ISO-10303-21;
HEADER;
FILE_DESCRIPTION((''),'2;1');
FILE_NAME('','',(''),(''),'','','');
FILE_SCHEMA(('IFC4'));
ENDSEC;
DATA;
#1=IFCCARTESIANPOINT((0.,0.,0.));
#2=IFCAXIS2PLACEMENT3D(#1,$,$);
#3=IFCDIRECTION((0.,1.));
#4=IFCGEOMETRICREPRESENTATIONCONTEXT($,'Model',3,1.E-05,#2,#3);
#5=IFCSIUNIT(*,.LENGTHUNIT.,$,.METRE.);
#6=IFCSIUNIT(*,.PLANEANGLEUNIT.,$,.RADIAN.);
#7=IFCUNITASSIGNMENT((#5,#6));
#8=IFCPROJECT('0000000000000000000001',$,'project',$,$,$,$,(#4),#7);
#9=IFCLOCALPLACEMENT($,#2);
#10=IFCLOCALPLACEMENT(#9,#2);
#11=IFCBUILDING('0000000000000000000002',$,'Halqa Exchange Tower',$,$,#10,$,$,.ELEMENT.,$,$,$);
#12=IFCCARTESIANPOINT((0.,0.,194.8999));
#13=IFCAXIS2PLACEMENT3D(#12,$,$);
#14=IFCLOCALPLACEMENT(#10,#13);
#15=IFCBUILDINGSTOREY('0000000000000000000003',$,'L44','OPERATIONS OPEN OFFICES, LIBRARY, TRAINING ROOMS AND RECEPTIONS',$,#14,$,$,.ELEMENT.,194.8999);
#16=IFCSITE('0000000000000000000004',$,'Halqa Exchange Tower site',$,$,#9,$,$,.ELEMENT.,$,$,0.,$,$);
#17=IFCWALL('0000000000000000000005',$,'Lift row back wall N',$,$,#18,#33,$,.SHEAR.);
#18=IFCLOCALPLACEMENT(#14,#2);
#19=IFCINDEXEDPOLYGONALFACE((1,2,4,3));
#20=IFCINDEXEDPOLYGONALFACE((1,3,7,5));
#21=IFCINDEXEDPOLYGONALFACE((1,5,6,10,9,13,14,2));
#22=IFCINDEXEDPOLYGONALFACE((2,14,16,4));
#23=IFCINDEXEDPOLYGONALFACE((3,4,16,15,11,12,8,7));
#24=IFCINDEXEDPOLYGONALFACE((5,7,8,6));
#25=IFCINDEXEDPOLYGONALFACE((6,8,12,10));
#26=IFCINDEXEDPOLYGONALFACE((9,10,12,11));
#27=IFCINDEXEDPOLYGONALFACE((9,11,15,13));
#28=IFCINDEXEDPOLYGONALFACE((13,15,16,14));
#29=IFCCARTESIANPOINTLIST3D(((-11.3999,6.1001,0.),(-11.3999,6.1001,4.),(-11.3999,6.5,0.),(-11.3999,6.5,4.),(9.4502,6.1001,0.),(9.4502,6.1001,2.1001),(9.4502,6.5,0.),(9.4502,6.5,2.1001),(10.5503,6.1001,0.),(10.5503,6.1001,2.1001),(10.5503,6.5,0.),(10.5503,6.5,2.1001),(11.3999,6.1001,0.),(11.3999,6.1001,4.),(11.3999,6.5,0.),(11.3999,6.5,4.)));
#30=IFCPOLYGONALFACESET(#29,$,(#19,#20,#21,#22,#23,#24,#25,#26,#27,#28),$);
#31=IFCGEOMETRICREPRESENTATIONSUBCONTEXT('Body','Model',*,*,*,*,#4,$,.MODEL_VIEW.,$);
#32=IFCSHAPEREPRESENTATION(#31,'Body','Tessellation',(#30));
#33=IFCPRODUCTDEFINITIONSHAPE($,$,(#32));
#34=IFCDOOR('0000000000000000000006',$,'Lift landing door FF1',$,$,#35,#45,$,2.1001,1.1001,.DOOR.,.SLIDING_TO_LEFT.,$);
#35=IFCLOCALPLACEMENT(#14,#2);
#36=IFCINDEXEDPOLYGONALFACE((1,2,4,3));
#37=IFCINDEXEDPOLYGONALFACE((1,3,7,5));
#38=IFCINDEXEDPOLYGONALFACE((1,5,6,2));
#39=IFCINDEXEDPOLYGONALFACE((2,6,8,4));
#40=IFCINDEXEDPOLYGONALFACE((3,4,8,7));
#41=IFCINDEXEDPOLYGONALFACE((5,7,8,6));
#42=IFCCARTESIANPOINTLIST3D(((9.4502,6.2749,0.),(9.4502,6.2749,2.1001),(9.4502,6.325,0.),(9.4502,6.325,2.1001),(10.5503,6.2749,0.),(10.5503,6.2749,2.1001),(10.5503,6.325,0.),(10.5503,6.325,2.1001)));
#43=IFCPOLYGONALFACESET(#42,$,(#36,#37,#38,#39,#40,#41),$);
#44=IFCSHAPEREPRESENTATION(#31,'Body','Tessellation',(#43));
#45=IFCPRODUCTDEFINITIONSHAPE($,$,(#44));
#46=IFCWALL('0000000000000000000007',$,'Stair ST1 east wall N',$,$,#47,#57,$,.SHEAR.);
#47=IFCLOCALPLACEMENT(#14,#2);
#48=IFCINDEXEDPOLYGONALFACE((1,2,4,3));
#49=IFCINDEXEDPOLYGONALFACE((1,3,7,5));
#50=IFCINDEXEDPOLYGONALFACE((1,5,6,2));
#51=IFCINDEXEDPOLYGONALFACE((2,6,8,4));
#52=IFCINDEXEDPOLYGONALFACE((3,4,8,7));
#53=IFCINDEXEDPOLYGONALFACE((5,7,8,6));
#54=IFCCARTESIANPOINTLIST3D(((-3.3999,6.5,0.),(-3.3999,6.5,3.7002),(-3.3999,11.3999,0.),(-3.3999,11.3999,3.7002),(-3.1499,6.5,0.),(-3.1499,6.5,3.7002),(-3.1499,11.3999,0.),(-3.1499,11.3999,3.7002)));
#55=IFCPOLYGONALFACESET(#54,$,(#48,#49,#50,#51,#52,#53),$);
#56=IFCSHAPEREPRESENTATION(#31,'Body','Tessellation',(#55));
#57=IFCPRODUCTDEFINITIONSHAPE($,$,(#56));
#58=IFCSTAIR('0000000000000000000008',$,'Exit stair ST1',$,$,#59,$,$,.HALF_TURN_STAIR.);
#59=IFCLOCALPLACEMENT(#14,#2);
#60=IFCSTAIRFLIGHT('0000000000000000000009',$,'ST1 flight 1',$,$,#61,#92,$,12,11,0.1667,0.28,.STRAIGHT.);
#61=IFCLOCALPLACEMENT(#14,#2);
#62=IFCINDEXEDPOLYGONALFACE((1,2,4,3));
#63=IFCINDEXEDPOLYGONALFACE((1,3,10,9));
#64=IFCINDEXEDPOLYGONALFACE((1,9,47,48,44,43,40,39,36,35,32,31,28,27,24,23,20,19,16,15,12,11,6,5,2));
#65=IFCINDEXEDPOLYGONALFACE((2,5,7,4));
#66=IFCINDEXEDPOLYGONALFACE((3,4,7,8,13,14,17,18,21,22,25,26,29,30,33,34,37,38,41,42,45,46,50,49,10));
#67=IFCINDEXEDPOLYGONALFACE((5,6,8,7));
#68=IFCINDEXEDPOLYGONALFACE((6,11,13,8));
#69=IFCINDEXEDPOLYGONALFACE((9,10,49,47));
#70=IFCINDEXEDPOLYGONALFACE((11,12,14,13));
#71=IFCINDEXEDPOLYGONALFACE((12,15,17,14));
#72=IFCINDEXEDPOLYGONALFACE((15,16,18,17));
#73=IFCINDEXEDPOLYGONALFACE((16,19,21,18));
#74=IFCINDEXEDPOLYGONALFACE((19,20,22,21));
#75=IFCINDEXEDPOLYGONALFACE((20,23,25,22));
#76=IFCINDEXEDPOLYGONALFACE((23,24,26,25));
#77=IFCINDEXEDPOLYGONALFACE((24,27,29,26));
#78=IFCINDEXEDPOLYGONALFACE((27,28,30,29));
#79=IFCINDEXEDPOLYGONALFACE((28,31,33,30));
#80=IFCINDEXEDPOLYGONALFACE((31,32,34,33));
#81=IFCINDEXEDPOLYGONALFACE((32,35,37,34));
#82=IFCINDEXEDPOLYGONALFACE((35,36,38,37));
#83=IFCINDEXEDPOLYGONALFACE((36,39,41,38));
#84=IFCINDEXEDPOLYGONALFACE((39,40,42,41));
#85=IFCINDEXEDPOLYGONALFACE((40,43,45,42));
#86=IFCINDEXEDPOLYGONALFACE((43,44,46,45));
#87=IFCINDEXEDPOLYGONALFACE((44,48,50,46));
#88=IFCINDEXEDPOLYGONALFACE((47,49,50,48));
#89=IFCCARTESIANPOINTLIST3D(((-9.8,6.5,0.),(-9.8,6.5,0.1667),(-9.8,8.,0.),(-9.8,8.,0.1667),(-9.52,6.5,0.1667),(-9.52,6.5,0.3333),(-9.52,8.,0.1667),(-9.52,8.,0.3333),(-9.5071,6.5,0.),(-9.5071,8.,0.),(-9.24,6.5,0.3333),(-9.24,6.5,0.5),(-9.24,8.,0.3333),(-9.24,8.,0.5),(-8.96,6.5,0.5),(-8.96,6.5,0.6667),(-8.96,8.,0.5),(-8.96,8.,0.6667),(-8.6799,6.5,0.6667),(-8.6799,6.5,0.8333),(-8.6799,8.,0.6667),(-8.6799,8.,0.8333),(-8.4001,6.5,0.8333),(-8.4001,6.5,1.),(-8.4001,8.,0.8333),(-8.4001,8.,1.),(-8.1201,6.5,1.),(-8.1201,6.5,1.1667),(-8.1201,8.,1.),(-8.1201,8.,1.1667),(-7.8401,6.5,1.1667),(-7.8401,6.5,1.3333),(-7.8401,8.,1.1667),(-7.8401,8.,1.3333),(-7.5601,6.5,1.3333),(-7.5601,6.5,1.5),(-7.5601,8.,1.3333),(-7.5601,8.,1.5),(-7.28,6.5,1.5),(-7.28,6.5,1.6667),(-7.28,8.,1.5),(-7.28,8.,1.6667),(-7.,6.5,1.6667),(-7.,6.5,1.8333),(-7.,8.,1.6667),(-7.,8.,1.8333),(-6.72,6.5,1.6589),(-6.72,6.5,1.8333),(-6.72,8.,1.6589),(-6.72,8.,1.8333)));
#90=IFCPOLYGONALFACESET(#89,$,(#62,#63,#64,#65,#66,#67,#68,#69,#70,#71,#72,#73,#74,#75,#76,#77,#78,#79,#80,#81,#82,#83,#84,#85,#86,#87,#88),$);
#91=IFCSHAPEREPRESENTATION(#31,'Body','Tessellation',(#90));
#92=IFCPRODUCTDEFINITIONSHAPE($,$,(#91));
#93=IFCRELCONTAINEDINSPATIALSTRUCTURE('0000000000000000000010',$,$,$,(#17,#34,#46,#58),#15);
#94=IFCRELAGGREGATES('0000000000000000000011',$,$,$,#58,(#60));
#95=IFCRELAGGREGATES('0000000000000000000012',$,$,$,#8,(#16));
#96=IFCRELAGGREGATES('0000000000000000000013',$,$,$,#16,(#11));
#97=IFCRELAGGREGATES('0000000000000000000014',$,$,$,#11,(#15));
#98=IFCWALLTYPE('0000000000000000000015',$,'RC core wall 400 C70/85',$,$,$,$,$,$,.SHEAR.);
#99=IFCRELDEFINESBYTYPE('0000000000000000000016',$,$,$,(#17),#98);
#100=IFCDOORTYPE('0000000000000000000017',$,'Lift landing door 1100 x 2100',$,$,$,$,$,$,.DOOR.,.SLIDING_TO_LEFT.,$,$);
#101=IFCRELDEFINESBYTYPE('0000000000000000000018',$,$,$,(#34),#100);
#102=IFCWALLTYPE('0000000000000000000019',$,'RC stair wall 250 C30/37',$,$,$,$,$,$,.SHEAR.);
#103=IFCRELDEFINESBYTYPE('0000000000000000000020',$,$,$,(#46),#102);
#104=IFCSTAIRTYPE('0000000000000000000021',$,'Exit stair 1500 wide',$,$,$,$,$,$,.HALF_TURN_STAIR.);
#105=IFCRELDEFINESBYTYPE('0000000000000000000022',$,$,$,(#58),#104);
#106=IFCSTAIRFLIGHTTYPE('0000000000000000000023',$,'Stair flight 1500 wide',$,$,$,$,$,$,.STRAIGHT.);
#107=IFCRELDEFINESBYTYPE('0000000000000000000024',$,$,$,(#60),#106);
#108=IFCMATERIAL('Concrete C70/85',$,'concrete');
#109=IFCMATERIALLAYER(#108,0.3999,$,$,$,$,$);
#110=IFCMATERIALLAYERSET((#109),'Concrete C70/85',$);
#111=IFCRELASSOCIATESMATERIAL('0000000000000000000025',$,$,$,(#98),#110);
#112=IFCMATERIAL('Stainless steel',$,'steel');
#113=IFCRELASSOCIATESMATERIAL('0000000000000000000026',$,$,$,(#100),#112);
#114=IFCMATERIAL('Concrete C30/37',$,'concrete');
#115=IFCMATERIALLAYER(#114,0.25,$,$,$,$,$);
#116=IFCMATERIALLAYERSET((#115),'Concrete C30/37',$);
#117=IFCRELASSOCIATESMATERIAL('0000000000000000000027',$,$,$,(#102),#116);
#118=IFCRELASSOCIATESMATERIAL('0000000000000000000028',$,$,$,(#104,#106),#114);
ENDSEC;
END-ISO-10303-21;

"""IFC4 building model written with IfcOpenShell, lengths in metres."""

from ifc_helpers import new_model, si_unit, direction, frame, frame_2d, origin, place, context, subcontext, project, spatial, polyline, rectangle, outline, extrude, material, layer, layer_set, type_object, element, fill, aggregate, save


model = new_model("IFC4")

# Units and contexts
model_context = context("Model", 3, precision=1e-05, world=origin(), true_north=direction((0.0, 1.0)))
body_context = subcontext(model_context, "Body", "Model", "MODEL_VIEW")
ifc_project = project(units=[si_unit("LENGTHUNIT", "METRE"), si_unit("PLANEANGLEUNIT", "RADIAN")], contexts=[model_context])

# Site, building, storey
site_placement = place(None, origin())
site = spatial("IfcSite", under=ifc_project, at=site_placement, Name="Halqa Exchange Tower site", CompositionType="ELEMENT", RefElevation=0.0)
building_placement = place(site_placement, origin())
building = spatial("IfcBuilding", under=site, at=building_placement, Name="Halqa Exchange Tower", CompositionType="ELEMENT")
storey_placement = place(building_placement, frame((0.0, 0.0, 194.8999)))
storey = spatial("IfcBuildingStorey", under=building, at=storey_placement, Name="L44", Description="OPERATIONS OPEN OFFICES, LIBRARY, TRAINING ROOMS AND RECEPTIONS", CompositionType="ELEMENT", Elevation=194.8999)

# Shared definitions
ifc_material_1 = material(Name="Concrete C70/85", Category="concrete")
ifc_layer_1 = layer(ifc_material_1, 0.3999)
ifc_layer_set_1 = layer_set([ifc_layer_1], Name="Concrete C70/85")
wall_type_1 = type_object("IfcWallType", Name="RC core wall 400 C70/85", PredefinedType="SHEAR", material=ifc_layer_set_1)
ifc_material_2 = material(Name="Stainless steel", Category="steel")
door_type_1 = type_object("IfcDoorType", Name="Lift landing door 1100 x 2100", OperationType="SLIDING_TO_LEFT", PredefinedType="DOOR", material=ifc_material_2)

# Wall, opening, door
wall_1_placement = place(storey_placement, frame((-11.3999, 6.3, 0.0), z_axis=(0.0, 0.0, 1.0), x_axis=(1.0, 0.0, 0.0)))
wall_1 = element("IfcWall", 1, at=wall_1_placement, inside=storey, type_object=wall_type_1, Name="Lift row back wall N", PredefinedType="SHEAR", context=body_context, shape_type="SweptSolid", body=[
    extrude(rectangle(XDim=22.7998, YDim=0.3999, at=frame_2d((11.3999, 0.0))), origin(), (0.0, 0.0, 1.0), 4.0),
])
opening_1_placement = place(wall_1_placement, frame((20.8501, 0.0, 0.0)))
opening_1 = element("IfcOpeningElement", 2, at=opening_1_placement, cuts=wall_1, PredefinedType="OPENING", context=body_context, shape_type="SweptSolid", body=[
    extrude(rectangle(XDim=1.1001, YDim=2.1001, at=frame_2d((0.55, 1.05))), frame((0.0, 0.2119, 0.0), z_axis=(0.0, -1.0, 0.0), x_axis=(1.0, 0.0, 0.0)), (0.0, 0.0, 1.0), 0.4238),
])
door_1_placement = place(opening_1_placement, origin())
door_1 = element("IfcDoor", 3, at=door_1_placement, inside=storey, type_object=door_type_1, Name="Lift landing door FF1", OperationType="SLIDING_TO_LEFT", OverallHeight=2.1001, OverallWidth=1.1001, PredefinedType="DOOR", context=body_context, shape_type="SweptSolid", body=[
    extrude(rectangle(XDim=1.1001, YDim=2.1001, at=frame_2d((0.55, 1.05))), frame((0.0, 0.0249, 0.0), z_axis=(0.0, -1.0, 0.0), x_axis=(1.0, 0.0, 0.0)), (0.0, 0.0, 1.0), 0.05),
])
fill(opening_1, door_1)

# Wall
ifc_material_3 = material(Name="Concrete C30/37", Category="concrete")
ifc_layer_2 = layer(ifc_material_3, 0.25)
ifc_layer_set_2 = layer_set([ifc_layer_2], Name="Concrete C30/37")
wall_type_2 = type_object("IfcWallType", Name="RC stair wall 250 C30/37", PredefinedType="SHEAR", material=ifc_layer_set_2)
wall_2_placement = place(storey_placement, frame((-3.2749, 6.5, 0.0), z_axis=(0.0, 0.0, 1.0), x_axis=(0.0, 1.0, 0.0)))
element("IfcWall", 4, at=wall_2_placement, inside=storey, type_object=wall_type_2, Name="Stair ST1 east wall N", PredefinedType="SHEAR", context=body_context, shape_type="SweptSolid", body=[
    extrude(rectangle(XDim=4.8999, YDim=0.25, at=frame_2d((2.45, 0.0))), origin(), (0.0, 0.0, 1.0), 3.7002),
])

# Stair, stair flight
stair_type = type_object("IfcStairType", Name="Exit stair 1500 wide", PredefinedType="HALF_TURN_STAIR", material=ifc_material_3)
stair_placement = place(storey_placement, origin())
stair = element("IfcStair", 5, at=stair_placement, inside=storey, type_object=stair_type, Name="Exit stair ST1", PredefinedType="HALF_TURN_STAIR")
stair_flight_type = type_object("IfcStairFlightType", Name="Stair flight 1500 wide", PredefinedType="STRAIGHT", material=ifc_material_3)
stair_flight_placement = place(storey_placement, frame((-9.8, 7.25, 0.0), z_axis=(0.0, 0.0, 1.0), x_axis=(1.0, 0.0, 0.0)))
stair_flight = element("IfcStairFlight", 6, at=stair_flight_placement, type_object=stair_flight_type, Name="ST1 flight 1", NumberOfRisers=12, NumberOfTreads=11, PredefinedType="STRAIGHT", RiserHeight=0.1667, TreadLength=0.28, context=body_context, shape_type="SweptSolid", body=[
    extrude(outline(polyline([(0.0, 0.0), (0.0, 0.1667), (0.28, 0.1667), (0.28, 0.3333), (0.5601, 0.3333), (0.5601, 0.5), (0.8401, 0.5), (0.8401, 0.6667), (1.1201, 0.6667), (1.1201, 0.8333), (1.3999, 0.8333), (1.3999, 1.0), (1.6799, 1.0), (1.6799, 1.1667), (1.96, 1.1667), (1.96, 1.3333), (2.24, 1.3333), (2.24, 1.5), (2.52, 1.5), (2.52, 1.6667), (2.8, 1.6667), (2.8, 1.8333), (3.0801, 1.8333), (3.0801, 2.0), (3.0801, 1.6589), (0.293, 0.0), (0.0, 0.0)])), frame((0.0, 0.75, 0.0), z_axis=(0.0, -1.0, 0.0), x_axis=(1.0, 0.0, 0.0)), (0.0, 0.0, 1.0), 1.5),
])
aggregate(stair, [stair_flight])

save(model, "model.ifc")
